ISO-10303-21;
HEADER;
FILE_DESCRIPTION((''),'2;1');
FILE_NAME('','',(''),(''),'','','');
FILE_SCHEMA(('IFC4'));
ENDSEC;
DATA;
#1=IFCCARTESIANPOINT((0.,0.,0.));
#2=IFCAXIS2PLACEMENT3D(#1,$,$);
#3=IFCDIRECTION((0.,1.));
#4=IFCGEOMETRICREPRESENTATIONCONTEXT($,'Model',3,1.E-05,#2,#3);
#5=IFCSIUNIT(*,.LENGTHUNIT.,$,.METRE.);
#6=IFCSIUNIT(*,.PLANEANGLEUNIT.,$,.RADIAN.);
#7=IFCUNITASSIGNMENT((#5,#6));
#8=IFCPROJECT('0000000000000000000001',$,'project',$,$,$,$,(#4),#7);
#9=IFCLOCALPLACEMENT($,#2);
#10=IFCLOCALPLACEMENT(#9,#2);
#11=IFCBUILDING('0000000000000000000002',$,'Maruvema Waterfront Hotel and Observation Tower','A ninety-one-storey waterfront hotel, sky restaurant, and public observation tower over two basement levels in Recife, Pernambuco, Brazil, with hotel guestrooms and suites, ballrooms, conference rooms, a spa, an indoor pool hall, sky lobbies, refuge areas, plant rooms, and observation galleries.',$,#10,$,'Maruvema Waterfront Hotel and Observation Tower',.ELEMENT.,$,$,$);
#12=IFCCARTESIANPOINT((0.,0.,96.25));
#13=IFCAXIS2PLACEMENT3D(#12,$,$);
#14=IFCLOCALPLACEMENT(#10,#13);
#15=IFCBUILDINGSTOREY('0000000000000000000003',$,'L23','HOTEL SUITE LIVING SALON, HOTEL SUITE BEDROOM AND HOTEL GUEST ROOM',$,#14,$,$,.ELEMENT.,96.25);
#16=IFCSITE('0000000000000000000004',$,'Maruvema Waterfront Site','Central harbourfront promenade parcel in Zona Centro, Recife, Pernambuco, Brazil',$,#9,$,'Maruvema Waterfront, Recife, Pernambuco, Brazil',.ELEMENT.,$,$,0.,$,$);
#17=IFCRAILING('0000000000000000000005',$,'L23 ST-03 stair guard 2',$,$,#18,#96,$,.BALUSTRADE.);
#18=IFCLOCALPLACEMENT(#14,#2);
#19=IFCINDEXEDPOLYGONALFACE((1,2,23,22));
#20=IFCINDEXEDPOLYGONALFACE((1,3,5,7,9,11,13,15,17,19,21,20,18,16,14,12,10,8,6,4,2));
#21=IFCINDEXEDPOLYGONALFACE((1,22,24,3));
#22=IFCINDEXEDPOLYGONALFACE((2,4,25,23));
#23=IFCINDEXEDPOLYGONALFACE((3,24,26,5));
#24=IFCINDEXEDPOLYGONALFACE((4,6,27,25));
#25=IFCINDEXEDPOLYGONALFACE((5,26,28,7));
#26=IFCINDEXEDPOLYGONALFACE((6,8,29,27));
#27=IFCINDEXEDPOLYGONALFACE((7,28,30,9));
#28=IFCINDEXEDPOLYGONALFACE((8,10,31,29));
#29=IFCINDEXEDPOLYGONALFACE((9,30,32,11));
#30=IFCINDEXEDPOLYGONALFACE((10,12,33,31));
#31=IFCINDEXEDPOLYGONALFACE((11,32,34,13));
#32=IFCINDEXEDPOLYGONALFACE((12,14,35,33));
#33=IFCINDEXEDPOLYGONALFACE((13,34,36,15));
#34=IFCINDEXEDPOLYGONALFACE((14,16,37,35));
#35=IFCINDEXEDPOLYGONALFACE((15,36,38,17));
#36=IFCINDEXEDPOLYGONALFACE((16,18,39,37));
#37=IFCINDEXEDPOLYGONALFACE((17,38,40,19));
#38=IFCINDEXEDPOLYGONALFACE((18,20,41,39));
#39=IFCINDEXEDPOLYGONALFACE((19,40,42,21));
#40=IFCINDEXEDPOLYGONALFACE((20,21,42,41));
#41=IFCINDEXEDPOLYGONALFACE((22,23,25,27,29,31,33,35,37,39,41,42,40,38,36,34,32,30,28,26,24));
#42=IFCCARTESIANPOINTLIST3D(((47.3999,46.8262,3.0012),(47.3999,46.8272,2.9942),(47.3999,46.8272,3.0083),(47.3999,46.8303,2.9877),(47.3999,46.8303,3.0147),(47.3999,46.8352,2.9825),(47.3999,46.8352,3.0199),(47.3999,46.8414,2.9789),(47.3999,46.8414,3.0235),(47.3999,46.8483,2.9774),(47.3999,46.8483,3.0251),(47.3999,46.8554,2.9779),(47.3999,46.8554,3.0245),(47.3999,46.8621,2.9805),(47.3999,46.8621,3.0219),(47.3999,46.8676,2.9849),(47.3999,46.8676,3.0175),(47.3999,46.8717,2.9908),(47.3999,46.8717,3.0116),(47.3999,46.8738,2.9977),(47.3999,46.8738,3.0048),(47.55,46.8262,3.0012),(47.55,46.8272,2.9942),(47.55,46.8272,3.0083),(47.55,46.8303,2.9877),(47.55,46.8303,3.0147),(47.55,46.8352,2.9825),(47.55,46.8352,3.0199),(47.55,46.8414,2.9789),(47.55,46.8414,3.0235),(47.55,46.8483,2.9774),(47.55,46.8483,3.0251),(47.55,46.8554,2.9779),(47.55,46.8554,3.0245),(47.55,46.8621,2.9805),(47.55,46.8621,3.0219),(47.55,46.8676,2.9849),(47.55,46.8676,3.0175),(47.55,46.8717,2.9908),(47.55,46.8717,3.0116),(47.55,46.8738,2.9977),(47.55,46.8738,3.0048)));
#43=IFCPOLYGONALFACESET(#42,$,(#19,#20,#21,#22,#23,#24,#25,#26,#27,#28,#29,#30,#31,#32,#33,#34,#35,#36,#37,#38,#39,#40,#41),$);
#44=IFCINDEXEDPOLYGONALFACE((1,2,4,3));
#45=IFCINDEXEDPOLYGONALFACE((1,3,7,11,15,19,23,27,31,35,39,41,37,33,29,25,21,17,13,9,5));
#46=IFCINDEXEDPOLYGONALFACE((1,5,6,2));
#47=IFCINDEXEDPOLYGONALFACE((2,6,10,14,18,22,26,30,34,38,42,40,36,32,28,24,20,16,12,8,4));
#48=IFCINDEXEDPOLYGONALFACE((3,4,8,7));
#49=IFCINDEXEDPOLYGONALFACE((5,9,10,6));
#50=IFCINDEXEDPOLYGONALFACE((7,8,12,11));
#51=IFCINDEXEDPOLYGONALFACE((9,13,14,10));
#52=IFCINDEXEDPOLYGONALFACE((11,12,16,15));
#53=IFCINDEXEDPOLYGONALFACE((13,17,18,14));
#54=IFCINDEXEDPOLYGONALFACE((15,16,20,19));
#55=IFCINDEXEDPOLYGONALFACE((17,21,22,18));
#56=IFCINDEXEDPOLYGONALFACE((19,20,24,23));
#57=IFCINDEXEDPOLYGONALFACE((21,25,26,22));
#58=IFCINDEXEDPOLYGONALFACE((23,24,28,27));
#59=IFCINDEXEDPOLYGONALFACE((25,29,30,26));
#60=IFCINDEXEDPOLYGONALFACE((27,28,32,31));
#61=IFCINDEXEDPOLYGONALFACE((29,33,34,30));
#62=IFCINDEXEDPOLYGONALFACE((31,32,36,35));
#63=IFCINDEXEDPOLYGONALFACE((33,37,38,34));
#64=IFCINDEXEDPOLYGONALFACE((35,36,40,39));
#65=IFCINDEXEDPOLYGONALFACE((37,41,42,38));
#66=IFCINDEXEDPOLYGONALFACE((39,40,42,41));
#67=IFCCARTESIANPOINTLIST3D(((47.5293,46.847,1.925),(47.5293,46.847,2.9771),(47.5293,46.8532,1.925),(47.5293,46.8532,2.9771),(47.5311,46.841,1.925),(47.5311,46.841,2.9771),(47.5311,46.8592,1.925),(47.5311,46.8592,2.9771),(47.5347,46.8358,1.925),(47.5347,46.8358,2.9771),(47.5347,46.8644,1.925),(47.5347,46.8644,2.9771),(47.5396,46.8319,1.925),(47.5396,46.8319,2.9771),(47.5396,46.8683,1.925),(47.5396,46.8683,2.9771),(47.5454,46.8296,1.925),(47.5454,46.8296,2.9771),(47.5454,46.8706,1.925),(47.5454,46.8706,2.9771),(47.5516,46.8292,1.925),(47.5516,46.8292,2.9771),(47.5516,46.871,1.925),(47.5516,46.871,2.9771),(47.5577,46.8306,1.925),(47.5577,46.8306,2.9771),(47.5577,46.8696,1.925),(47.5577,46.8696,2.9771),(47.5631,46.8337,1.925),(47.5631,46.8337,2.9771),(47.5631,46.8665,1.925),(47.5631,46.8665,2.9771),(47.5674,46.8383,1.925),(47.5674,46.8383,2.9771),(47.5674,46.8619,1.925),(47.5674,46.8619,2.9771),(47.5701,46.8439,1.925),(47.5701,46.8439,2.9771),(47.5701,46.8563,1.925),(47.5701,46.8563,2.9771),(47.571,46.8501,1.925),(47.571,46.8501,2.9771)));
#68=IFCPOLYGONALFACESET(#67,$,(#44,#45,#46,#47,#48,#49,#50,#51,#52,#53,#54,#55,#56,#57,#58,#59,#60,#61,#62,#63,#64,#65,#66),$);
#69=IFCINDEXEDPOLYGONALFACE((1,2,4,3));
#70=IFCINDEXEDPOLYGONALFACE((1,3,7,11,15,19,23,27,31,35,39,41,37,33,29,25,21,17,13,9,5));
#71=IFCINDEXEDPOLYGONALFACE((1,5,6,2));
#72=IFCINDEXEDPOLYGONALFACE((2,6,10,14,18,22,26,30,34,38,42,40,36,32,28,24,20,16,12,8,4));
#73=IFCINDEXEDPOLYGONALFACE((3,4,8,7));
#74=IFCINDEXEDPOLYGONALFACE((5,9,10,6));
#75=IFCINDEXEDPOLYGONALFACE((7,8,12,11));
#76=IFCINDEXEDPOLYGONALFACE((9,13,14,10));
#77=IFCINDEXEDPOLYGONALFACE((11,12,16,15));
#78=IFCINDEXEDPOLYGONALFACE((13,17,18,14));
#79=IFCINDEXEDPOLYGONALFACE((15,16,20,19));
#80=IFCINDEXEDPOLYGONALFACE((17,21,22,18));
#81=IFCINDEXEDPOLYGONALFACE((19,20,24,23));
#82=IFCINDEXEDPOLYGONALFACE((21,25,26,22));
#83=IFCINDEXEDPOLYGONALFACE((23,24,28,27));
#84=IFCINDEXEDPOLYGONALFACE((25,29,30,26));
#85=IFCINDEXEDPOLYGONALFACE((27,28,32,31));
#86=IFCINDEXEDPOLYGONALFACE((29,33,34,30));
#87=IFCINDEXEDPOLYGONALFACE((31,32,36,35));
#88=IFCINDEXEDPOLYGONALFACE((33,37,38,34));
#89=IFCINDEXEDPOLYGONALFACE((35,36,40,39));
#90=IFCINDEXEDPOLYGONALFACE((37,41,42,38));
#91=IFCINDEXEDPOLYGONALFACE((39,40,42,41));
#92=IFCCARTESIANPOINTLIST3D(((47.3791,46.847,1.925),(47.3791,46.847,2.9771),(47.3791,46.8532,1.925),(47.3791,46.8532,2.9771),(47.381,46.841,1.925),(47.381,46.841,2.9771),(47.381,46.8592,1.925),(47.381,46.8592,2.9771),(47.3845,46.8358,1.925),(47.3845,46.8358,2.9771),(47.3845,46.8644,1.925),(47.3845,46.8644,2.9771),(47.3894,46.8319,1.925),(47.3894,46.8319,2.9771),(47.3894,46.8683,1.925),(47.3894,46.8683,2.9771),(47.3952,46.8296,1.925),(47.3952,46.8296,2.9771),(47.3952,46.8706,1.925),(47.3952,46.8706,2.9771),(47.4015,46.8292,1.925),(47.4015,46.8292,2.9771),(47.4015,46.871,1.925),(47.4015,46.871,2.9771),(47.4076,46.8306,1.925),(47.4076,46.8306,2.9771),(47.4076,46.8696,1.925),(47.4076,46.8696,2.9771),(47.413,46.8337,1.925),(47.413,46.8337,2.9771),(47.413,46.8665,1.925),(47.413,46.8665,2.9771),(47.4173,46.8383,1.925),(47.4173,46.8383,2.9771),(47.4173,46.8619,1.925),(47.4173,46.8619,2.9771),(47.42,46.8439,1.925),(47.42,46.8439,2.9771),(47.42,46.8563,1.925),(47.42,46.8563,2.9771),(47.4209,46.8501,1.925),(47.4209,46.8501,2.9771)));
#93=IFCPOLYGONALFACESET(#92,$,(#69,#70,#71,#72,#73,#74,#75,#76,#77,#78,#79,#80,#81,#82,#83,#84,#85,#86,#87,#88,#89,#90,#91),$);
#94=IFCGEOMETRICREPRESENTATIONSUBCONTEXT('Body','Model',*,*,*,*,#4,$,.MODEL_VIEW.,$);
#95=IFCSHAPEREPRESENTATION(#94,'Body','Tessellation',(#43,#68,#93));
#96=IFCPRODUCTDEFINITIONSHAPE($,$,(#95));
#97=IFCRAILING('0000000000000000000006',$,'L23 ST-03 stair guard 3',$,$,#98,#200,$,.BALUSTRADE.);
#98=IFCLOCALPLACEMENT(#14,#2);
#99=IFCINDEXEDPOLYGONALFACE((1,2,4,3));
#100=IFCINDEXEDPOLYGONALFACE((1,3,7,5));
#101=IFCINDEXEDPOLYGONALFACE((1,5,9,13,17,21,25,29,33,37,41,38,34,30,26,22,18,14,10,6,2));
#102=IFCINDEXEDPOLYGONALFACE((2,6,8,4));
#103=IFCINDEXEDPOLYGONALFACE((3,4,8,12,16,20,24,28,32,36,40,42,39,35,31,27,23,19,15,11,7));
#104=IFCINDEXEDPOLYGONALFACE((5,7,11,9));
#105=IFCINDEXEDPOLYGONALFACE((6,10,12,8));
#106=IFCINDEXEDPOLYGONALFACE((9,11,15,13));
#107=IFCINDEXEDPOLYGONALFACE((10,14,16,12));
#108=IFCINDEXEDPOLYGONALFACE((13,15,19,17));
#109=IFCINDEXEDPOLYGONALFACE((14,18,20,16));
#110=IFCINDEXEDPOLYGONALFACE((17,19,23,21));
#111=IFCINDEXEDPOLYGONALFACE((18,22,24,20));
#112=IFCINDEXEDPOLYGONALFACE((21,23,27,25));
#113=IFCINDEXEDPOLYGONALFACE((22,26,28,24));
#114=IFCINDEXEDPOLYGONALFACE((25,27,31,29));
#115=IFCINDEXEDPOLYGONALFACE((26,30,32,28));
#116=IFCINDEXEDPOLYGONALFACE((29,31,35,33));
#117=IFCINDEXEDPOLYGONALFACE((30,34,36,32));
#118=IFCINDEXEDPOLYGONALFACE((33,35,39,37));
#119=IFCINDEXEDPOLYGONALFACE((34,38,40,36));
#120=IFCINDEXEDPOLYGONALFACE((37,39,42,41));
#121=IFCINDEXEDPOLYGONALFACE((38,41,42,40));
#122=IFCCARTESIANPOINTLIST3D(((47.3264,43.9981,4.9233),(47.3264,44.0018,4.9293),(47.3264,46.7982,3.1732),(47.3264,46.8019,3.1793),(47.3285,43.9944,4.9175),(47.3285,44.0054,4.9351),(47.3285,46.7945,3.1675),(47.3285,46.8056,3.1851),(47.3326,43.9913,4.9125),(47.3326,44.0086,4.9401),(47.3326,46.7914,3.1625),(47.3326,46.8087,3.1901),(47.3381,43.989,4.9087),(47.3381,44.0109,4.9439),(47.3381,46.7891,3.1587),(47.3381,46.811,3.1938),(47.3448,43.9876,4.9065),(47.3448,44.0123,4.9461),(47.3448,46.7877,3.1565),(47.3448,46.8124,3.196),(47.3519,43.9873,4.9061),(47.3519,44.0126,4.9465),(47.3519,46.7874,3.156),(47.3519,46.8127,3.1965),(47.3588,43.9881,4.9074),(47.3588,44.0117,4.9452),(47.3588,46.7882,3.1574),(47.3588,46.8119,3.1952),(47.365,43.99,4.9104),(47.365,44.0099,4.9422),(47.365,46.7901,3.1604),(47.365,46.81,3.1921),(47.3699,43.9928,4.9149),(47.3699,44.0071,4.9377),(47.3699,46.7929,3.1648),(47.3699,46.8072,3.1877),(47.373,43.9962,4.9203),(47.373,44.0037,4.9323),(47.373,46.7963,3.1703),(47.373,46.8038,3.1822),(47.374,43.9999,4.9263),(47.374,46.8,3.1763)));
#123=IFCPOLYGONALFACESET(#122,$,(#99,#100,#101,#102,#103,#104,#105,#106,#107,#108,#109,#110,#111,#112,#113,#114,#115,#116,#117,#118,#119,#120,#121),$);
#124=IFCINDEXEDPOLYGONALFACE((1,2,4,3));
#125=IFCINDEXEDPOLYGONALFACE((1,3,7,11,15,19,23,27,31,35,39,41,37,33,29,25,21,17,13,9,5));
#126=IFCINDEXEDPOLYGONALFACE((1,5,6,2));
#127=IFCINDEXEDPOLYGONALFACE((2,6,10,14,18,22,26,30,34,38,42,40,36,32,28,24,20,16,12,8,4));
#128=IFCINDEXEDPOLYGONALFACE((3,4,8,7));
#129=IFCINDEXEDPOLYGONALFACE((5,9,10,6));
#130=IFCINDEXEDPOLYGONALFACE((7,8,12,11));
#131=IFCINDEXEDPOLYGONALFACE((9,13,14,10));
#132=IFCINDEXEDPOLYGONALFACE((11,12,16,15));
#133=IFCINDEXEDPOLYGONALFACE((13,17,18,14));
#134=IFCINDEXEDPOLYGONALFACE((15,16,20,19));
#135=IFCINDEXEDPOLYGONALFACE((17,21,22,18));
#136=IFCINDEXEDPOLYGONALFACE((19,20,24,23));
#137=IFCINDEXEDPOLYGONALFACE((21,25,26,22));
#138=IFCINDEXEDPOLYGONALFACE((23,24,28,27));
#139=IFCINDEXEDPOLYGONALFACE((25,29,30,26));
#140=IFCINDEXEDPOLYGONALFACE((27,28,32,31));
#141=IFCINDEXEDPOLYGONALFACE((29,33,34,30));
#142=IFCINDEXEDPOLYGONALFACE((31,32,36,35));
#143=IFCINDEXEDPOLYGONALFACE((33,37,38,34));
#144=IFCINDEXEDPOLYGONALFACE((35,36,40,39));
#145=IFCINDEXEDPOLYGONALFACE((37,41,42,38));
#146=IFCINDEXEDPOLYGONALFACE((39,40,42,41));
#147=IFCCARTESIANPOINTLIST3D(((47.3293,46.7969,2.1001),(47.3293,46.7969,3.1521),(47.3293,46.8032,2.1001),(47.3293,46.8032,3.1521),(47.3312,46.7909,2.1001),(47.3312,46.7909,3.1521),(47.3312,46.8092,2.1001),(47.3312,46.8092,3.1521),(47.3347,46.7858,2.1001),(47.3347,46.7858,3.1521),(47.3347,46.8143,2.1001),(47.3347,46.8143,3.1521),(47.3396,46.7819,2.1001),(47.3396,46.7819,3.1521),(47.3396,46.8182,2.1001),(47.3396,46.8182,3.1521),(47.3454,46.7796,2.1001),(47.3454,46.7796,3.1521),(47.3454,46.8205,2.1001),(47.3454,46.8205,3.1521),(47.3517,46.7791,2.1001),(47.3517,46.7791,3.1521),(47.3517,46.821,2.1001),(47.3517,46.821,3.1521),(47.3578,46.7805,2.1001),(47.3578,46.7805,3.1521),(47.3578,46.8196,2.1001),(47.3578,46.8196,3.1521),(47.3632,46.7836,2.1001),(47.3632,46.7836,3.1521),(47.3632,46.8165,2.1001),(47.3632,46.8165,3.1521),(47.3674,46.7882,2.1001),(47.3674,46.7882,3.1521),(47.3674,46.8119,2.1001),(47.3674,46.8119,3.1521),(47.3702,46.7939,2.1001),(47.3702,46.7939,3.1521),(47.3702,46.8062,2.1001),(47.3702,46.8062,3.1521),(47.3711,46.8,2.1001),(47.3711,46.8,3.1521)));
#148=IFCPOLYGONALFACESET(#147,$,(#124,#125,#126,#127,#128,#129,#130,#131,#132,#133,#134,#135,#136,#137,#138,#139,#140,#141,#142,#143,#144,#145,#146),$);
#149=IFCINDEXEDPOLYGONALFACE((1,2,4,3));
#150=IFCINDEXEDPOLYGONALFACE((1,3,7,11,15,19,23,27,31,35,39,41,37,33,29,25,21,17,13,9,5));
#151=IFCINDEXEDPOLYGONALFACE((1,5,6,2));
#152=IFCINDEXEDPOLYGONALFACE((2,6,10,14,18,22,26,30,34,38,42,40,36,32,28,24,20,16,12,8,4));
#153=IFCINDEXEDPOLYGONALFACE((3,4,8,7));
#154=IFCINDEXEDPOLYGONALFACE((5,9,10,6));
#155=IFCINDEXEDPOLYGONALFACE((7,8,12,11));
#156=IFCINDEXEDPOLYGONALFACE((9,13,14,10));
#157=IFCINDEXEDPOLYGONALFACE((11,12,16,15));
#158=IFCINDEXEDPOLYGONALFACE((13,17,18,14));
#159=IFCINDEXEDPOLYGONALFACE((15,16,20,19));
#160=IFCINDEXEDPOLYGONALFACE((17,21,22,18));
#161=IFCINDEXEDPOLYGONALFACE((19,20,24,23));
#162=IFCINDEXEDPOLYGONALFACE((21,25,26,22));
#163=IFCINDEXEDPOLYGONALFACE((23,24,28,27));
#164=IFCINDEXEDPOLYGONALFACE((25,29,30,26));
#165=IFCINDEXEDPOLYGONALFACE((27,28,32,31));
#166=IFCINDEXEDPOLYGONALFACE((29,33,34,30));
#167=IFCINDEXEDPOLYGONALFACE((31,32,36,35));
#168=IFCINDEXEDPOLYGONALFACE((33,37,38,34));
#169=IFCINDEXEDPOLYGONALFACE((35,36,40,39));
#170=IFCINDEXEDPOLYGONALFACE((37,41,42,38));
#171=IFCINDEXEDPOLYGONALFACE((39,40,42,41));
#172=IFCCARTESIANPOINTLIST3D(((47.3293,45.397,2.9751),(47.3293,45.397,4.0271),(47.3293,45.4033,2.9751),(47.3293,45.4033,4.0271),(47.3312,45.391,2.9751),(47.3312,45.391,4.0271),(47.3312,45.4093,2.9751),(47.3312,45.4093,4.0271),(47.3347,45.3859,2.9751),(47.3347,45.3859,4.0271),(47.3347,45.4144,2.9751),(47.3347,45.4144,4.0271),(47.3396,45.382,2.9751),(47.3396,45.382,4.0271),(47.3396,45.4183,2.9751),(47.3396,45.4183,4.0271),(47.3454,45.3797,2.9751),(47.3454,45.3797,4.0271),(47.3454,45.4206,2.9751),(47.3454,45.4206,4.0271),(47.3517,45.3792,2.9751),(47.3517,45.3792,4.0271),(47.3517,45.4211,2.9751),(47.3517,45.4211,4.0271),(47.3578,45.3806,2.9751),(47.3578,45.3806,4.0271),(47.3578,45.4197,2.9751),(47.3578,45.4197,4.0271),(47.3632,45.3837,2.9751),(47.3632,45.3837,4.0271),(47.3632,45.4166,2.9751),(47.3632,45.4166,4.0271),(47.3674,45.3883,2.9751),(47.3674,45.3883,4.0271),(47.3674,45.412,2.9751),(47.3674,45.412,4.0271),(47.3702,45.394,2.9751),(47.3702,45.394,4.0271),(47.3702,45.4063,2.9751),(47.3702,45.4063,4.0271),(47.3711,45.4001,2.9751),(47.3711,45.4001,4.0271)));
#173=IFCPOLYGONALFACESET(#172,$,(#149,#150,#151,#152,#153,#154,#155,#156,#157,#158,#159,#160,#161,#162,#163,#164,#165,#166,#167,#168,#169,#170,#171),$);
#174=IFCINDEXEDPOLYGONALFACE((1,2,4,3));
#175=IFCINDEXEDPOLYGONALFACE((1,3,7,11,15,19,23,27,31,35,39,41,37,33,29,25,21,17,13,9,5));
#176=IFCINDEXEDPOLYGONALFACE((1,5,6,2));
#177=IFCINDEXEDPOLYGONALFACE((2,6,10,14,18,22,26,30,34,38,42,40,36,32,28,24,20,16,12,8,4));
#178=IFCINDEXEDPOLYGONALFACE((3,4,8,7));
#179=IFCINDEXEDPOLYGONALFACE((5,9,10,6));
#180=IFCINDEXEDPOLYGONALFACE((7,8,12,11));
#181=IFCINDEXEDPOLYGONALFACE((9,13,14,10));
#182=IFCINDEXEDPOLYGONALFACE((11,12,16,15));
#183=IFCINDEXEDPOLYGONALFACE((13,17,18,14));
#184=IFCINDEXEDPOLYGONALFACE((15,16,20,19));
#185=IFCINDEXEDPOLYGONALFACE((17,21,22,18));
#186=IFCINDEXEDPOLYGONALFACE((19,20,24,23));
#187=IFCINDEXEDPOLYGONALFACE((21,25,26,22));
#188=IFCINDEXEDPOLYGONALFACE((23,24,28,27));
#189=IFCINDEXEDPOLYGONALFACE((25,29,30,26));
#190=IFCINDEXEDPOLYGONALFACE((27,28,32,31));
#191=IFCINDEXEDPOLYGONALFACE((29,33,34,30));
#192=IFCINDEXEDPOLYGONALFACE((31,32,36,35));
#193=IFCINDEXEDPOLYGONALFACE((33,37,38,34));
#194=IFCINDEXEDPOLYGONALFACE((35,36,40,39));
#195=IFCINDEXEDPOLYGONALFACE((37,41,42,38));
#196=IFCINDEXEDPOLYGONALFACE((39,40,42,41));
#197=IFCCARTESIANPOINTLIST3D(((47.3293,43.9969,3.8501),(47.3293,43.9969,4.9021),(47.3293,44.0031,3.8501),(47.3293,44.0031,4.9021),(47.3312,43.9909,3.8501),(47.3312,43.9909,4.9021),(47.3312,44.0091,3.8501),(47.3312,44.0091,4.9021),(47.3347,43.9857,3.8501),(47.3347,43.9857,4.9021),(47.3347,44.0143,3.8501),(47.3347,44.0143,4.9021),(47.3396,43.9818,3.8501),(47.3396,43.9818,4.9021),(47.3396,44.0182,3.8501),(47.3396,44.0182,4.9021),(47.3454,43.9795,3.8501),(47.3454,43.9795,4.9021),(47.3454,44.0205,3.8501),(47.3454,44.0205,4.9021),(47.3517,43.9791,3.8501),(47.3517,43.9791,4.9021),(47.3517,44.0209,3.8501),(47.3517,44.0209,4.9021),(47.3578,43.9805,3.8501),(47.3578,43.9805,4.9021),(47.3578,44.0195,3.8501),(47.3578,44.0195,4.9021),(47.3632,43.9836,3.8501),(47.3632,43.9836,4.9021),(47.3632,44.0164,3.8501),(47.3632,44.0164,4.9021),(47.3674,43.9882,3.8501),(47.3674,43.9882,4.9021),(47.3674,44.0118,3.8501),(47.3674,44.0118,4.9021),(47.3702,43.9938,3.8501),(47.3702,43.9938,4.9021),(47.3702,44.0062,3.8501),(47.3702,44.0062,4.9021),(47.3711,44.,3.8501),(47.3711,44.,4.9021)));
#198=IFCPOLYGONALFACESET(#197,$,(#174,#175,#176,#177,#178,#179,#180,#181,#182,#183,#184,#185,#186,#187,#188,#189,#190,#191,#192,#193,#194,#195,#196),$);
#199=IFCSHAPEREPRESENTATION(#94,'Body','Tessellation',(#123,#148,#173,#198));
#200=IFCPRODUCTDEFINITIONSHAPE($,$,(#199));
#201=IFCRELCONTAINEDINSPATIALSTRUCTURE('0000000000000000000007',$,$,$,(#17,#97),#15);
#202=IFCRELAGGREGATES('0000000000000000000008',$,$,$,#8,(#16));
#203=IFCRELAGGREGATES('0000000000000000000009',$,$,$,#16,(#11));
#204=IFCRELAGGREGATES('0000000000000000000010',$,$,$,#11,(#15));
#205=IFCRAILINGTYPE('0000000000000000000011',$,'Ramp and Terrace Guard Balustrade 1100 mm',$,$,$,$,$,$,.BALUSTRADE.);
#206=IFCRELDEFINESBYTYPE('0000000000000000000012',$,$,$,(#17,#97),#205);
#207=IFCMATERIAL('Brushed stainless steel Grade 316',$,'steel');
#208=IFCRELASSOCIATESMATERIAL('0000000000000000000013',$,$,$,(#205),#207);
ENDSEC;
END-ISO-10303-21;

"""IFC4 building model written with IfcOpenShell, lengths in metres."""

from ifc_helpers import new_model, si_unit, direction, frame, origin, origin_2d, place, context, subcontext, project, spatial, circle, extrude, material, type_object, element, save


model = new_model("IFC4")

# Units and contexts
model_context = context("Model", 3, precision=1e-05, world=origin(), true_north=direction((0.0, 1.0)))
body_context = subcontext(model_context, "Body", "Model", "MODEL_VIEW")
ifc_project = project(units=[si_unit("LENGTHUNIT", "METRE"), si_unit("PLANEANGLEUNIT", "RADIAN")], contexts=[model_context])

# Site, building, storey
site_placement = place(None, origin())
site = spatial("IfcSite", under=ifc_project, at=site_placement, Name="Maruvema Waterfront Site", Description="Central harbourfront promenade parcel in Zona Centro, Recife, Pernambuco, Brazil", LongName="Maruvema Waterfront, Recife, Pernambuco, Brazil", CompositionType="ELEMENT", RefElevation=0.0)
building_placement = place(site_placement, origin())
building = spatial("IfcBuilding", under=site, at=building_placement, Name="Maruvema Waterfront Hotel and Observation Tower", Description="A ninety-one-storey waterfront hotel, sky restaurant, and public observation tower over two basement levels in Recife, Pernambuco, Brazil, with hotel guestrooms and suites, ballrooms, conference rooms, a spa, an indoor pool hall, sky lobbies, refuge areas, plant rooms, and observation galleries.", LongName="Maruvema Waterfront Hotel and Observation Tower", CompositionType="ELEMENT")
storey_placement = place(building_placement, frame((0.0, 0.0, 96.25)))
storey = spatial("IfcBuildingStorey", under=building, at=storey_placement, Name="L23", Description="HOTEL SUITE LIVING SALON, HOTEL SUITE BEDROOM AND HOTEL GUEST ROOM", CompositionType="ELEMENT", Elevation=96.25)

# Railings
ifc_material_1 = material(Name="Brushed stainless steel Grade 316", Category="steel")
railing_type_1 = type_object("IfcRailingType", Name="Ramp and Terrace Guard Balustrade 1100 mm", PredefinedType="BALUSTRADE", material=ifc_material_1)
railing_1_placement = place(storey_placement, frame((47.55, 46.8501, 1.925)))
element("IfcRailing", 1, at=railing_1_placement, inside=storey, type_object=railing_type_1, Name="L23 ST-03 stair guard 2", PredefinedType="BALUSTRADE", context=body_context, shape_type="SweptSolid", body=[
    extrude(circle(Radius=0.0239, at=origin_2d()), frame((0.0, 0.0, 1.0762), z_axis=(-1.0, 0.0, 0.0), x_axis=(0.0, -1.0, 0.0)), (0.0, 0.0, 1.0), 0.1501),
    extrude(circle(Radius=0.021, at=origin_2d()), origin(), (0.0, 0.0, 1.0), 1.052),
    extrude(circle(Radius=0.021, at=origin_2d()), frame((-0.1501, 0.0, 0.0)), (0.0, 0.0, 1.0), 1.052),
])
railing_2_placement = place(storey_placement, frame((47.3501, 46.8, 2.1001)))
element("IfcRailing", 2, at=railing_2_placement, inside=storey, type_object=railing_type_1, Name="L23 ST-03 stair guard 3", PredefinedType="BALUSTRADE", context=body_context, shape_type="SweptSolid", body=[
    extrude(circle(Radius=0.0239, at=origin_2d()), frame((0.0, 0.0, 1.0762), z_axis=(0.0, -0.848002, 0.529992), x_axis=(1.0, 0.0, 0.0)), (0.0, 0.0, 1.0), 3.302),
    extrude(circle(Radius=0.021, at=origin_2d()), origin(), (0.0, 0.0, 1.0), 1.052),
    extrude(circle(Radius=0.021, at=origin_2d()), frame((0.0, -1.3999, 0.875)), (0.0, 0.0, 1.0), 1.052),
    extrude(circle(Radius=0.021, at=origin_2d()), frame((0.0, -2.8, 1.75)), (0.0, 0.0, 1.0), 1.052),
])

save(model, "model.ifc")
